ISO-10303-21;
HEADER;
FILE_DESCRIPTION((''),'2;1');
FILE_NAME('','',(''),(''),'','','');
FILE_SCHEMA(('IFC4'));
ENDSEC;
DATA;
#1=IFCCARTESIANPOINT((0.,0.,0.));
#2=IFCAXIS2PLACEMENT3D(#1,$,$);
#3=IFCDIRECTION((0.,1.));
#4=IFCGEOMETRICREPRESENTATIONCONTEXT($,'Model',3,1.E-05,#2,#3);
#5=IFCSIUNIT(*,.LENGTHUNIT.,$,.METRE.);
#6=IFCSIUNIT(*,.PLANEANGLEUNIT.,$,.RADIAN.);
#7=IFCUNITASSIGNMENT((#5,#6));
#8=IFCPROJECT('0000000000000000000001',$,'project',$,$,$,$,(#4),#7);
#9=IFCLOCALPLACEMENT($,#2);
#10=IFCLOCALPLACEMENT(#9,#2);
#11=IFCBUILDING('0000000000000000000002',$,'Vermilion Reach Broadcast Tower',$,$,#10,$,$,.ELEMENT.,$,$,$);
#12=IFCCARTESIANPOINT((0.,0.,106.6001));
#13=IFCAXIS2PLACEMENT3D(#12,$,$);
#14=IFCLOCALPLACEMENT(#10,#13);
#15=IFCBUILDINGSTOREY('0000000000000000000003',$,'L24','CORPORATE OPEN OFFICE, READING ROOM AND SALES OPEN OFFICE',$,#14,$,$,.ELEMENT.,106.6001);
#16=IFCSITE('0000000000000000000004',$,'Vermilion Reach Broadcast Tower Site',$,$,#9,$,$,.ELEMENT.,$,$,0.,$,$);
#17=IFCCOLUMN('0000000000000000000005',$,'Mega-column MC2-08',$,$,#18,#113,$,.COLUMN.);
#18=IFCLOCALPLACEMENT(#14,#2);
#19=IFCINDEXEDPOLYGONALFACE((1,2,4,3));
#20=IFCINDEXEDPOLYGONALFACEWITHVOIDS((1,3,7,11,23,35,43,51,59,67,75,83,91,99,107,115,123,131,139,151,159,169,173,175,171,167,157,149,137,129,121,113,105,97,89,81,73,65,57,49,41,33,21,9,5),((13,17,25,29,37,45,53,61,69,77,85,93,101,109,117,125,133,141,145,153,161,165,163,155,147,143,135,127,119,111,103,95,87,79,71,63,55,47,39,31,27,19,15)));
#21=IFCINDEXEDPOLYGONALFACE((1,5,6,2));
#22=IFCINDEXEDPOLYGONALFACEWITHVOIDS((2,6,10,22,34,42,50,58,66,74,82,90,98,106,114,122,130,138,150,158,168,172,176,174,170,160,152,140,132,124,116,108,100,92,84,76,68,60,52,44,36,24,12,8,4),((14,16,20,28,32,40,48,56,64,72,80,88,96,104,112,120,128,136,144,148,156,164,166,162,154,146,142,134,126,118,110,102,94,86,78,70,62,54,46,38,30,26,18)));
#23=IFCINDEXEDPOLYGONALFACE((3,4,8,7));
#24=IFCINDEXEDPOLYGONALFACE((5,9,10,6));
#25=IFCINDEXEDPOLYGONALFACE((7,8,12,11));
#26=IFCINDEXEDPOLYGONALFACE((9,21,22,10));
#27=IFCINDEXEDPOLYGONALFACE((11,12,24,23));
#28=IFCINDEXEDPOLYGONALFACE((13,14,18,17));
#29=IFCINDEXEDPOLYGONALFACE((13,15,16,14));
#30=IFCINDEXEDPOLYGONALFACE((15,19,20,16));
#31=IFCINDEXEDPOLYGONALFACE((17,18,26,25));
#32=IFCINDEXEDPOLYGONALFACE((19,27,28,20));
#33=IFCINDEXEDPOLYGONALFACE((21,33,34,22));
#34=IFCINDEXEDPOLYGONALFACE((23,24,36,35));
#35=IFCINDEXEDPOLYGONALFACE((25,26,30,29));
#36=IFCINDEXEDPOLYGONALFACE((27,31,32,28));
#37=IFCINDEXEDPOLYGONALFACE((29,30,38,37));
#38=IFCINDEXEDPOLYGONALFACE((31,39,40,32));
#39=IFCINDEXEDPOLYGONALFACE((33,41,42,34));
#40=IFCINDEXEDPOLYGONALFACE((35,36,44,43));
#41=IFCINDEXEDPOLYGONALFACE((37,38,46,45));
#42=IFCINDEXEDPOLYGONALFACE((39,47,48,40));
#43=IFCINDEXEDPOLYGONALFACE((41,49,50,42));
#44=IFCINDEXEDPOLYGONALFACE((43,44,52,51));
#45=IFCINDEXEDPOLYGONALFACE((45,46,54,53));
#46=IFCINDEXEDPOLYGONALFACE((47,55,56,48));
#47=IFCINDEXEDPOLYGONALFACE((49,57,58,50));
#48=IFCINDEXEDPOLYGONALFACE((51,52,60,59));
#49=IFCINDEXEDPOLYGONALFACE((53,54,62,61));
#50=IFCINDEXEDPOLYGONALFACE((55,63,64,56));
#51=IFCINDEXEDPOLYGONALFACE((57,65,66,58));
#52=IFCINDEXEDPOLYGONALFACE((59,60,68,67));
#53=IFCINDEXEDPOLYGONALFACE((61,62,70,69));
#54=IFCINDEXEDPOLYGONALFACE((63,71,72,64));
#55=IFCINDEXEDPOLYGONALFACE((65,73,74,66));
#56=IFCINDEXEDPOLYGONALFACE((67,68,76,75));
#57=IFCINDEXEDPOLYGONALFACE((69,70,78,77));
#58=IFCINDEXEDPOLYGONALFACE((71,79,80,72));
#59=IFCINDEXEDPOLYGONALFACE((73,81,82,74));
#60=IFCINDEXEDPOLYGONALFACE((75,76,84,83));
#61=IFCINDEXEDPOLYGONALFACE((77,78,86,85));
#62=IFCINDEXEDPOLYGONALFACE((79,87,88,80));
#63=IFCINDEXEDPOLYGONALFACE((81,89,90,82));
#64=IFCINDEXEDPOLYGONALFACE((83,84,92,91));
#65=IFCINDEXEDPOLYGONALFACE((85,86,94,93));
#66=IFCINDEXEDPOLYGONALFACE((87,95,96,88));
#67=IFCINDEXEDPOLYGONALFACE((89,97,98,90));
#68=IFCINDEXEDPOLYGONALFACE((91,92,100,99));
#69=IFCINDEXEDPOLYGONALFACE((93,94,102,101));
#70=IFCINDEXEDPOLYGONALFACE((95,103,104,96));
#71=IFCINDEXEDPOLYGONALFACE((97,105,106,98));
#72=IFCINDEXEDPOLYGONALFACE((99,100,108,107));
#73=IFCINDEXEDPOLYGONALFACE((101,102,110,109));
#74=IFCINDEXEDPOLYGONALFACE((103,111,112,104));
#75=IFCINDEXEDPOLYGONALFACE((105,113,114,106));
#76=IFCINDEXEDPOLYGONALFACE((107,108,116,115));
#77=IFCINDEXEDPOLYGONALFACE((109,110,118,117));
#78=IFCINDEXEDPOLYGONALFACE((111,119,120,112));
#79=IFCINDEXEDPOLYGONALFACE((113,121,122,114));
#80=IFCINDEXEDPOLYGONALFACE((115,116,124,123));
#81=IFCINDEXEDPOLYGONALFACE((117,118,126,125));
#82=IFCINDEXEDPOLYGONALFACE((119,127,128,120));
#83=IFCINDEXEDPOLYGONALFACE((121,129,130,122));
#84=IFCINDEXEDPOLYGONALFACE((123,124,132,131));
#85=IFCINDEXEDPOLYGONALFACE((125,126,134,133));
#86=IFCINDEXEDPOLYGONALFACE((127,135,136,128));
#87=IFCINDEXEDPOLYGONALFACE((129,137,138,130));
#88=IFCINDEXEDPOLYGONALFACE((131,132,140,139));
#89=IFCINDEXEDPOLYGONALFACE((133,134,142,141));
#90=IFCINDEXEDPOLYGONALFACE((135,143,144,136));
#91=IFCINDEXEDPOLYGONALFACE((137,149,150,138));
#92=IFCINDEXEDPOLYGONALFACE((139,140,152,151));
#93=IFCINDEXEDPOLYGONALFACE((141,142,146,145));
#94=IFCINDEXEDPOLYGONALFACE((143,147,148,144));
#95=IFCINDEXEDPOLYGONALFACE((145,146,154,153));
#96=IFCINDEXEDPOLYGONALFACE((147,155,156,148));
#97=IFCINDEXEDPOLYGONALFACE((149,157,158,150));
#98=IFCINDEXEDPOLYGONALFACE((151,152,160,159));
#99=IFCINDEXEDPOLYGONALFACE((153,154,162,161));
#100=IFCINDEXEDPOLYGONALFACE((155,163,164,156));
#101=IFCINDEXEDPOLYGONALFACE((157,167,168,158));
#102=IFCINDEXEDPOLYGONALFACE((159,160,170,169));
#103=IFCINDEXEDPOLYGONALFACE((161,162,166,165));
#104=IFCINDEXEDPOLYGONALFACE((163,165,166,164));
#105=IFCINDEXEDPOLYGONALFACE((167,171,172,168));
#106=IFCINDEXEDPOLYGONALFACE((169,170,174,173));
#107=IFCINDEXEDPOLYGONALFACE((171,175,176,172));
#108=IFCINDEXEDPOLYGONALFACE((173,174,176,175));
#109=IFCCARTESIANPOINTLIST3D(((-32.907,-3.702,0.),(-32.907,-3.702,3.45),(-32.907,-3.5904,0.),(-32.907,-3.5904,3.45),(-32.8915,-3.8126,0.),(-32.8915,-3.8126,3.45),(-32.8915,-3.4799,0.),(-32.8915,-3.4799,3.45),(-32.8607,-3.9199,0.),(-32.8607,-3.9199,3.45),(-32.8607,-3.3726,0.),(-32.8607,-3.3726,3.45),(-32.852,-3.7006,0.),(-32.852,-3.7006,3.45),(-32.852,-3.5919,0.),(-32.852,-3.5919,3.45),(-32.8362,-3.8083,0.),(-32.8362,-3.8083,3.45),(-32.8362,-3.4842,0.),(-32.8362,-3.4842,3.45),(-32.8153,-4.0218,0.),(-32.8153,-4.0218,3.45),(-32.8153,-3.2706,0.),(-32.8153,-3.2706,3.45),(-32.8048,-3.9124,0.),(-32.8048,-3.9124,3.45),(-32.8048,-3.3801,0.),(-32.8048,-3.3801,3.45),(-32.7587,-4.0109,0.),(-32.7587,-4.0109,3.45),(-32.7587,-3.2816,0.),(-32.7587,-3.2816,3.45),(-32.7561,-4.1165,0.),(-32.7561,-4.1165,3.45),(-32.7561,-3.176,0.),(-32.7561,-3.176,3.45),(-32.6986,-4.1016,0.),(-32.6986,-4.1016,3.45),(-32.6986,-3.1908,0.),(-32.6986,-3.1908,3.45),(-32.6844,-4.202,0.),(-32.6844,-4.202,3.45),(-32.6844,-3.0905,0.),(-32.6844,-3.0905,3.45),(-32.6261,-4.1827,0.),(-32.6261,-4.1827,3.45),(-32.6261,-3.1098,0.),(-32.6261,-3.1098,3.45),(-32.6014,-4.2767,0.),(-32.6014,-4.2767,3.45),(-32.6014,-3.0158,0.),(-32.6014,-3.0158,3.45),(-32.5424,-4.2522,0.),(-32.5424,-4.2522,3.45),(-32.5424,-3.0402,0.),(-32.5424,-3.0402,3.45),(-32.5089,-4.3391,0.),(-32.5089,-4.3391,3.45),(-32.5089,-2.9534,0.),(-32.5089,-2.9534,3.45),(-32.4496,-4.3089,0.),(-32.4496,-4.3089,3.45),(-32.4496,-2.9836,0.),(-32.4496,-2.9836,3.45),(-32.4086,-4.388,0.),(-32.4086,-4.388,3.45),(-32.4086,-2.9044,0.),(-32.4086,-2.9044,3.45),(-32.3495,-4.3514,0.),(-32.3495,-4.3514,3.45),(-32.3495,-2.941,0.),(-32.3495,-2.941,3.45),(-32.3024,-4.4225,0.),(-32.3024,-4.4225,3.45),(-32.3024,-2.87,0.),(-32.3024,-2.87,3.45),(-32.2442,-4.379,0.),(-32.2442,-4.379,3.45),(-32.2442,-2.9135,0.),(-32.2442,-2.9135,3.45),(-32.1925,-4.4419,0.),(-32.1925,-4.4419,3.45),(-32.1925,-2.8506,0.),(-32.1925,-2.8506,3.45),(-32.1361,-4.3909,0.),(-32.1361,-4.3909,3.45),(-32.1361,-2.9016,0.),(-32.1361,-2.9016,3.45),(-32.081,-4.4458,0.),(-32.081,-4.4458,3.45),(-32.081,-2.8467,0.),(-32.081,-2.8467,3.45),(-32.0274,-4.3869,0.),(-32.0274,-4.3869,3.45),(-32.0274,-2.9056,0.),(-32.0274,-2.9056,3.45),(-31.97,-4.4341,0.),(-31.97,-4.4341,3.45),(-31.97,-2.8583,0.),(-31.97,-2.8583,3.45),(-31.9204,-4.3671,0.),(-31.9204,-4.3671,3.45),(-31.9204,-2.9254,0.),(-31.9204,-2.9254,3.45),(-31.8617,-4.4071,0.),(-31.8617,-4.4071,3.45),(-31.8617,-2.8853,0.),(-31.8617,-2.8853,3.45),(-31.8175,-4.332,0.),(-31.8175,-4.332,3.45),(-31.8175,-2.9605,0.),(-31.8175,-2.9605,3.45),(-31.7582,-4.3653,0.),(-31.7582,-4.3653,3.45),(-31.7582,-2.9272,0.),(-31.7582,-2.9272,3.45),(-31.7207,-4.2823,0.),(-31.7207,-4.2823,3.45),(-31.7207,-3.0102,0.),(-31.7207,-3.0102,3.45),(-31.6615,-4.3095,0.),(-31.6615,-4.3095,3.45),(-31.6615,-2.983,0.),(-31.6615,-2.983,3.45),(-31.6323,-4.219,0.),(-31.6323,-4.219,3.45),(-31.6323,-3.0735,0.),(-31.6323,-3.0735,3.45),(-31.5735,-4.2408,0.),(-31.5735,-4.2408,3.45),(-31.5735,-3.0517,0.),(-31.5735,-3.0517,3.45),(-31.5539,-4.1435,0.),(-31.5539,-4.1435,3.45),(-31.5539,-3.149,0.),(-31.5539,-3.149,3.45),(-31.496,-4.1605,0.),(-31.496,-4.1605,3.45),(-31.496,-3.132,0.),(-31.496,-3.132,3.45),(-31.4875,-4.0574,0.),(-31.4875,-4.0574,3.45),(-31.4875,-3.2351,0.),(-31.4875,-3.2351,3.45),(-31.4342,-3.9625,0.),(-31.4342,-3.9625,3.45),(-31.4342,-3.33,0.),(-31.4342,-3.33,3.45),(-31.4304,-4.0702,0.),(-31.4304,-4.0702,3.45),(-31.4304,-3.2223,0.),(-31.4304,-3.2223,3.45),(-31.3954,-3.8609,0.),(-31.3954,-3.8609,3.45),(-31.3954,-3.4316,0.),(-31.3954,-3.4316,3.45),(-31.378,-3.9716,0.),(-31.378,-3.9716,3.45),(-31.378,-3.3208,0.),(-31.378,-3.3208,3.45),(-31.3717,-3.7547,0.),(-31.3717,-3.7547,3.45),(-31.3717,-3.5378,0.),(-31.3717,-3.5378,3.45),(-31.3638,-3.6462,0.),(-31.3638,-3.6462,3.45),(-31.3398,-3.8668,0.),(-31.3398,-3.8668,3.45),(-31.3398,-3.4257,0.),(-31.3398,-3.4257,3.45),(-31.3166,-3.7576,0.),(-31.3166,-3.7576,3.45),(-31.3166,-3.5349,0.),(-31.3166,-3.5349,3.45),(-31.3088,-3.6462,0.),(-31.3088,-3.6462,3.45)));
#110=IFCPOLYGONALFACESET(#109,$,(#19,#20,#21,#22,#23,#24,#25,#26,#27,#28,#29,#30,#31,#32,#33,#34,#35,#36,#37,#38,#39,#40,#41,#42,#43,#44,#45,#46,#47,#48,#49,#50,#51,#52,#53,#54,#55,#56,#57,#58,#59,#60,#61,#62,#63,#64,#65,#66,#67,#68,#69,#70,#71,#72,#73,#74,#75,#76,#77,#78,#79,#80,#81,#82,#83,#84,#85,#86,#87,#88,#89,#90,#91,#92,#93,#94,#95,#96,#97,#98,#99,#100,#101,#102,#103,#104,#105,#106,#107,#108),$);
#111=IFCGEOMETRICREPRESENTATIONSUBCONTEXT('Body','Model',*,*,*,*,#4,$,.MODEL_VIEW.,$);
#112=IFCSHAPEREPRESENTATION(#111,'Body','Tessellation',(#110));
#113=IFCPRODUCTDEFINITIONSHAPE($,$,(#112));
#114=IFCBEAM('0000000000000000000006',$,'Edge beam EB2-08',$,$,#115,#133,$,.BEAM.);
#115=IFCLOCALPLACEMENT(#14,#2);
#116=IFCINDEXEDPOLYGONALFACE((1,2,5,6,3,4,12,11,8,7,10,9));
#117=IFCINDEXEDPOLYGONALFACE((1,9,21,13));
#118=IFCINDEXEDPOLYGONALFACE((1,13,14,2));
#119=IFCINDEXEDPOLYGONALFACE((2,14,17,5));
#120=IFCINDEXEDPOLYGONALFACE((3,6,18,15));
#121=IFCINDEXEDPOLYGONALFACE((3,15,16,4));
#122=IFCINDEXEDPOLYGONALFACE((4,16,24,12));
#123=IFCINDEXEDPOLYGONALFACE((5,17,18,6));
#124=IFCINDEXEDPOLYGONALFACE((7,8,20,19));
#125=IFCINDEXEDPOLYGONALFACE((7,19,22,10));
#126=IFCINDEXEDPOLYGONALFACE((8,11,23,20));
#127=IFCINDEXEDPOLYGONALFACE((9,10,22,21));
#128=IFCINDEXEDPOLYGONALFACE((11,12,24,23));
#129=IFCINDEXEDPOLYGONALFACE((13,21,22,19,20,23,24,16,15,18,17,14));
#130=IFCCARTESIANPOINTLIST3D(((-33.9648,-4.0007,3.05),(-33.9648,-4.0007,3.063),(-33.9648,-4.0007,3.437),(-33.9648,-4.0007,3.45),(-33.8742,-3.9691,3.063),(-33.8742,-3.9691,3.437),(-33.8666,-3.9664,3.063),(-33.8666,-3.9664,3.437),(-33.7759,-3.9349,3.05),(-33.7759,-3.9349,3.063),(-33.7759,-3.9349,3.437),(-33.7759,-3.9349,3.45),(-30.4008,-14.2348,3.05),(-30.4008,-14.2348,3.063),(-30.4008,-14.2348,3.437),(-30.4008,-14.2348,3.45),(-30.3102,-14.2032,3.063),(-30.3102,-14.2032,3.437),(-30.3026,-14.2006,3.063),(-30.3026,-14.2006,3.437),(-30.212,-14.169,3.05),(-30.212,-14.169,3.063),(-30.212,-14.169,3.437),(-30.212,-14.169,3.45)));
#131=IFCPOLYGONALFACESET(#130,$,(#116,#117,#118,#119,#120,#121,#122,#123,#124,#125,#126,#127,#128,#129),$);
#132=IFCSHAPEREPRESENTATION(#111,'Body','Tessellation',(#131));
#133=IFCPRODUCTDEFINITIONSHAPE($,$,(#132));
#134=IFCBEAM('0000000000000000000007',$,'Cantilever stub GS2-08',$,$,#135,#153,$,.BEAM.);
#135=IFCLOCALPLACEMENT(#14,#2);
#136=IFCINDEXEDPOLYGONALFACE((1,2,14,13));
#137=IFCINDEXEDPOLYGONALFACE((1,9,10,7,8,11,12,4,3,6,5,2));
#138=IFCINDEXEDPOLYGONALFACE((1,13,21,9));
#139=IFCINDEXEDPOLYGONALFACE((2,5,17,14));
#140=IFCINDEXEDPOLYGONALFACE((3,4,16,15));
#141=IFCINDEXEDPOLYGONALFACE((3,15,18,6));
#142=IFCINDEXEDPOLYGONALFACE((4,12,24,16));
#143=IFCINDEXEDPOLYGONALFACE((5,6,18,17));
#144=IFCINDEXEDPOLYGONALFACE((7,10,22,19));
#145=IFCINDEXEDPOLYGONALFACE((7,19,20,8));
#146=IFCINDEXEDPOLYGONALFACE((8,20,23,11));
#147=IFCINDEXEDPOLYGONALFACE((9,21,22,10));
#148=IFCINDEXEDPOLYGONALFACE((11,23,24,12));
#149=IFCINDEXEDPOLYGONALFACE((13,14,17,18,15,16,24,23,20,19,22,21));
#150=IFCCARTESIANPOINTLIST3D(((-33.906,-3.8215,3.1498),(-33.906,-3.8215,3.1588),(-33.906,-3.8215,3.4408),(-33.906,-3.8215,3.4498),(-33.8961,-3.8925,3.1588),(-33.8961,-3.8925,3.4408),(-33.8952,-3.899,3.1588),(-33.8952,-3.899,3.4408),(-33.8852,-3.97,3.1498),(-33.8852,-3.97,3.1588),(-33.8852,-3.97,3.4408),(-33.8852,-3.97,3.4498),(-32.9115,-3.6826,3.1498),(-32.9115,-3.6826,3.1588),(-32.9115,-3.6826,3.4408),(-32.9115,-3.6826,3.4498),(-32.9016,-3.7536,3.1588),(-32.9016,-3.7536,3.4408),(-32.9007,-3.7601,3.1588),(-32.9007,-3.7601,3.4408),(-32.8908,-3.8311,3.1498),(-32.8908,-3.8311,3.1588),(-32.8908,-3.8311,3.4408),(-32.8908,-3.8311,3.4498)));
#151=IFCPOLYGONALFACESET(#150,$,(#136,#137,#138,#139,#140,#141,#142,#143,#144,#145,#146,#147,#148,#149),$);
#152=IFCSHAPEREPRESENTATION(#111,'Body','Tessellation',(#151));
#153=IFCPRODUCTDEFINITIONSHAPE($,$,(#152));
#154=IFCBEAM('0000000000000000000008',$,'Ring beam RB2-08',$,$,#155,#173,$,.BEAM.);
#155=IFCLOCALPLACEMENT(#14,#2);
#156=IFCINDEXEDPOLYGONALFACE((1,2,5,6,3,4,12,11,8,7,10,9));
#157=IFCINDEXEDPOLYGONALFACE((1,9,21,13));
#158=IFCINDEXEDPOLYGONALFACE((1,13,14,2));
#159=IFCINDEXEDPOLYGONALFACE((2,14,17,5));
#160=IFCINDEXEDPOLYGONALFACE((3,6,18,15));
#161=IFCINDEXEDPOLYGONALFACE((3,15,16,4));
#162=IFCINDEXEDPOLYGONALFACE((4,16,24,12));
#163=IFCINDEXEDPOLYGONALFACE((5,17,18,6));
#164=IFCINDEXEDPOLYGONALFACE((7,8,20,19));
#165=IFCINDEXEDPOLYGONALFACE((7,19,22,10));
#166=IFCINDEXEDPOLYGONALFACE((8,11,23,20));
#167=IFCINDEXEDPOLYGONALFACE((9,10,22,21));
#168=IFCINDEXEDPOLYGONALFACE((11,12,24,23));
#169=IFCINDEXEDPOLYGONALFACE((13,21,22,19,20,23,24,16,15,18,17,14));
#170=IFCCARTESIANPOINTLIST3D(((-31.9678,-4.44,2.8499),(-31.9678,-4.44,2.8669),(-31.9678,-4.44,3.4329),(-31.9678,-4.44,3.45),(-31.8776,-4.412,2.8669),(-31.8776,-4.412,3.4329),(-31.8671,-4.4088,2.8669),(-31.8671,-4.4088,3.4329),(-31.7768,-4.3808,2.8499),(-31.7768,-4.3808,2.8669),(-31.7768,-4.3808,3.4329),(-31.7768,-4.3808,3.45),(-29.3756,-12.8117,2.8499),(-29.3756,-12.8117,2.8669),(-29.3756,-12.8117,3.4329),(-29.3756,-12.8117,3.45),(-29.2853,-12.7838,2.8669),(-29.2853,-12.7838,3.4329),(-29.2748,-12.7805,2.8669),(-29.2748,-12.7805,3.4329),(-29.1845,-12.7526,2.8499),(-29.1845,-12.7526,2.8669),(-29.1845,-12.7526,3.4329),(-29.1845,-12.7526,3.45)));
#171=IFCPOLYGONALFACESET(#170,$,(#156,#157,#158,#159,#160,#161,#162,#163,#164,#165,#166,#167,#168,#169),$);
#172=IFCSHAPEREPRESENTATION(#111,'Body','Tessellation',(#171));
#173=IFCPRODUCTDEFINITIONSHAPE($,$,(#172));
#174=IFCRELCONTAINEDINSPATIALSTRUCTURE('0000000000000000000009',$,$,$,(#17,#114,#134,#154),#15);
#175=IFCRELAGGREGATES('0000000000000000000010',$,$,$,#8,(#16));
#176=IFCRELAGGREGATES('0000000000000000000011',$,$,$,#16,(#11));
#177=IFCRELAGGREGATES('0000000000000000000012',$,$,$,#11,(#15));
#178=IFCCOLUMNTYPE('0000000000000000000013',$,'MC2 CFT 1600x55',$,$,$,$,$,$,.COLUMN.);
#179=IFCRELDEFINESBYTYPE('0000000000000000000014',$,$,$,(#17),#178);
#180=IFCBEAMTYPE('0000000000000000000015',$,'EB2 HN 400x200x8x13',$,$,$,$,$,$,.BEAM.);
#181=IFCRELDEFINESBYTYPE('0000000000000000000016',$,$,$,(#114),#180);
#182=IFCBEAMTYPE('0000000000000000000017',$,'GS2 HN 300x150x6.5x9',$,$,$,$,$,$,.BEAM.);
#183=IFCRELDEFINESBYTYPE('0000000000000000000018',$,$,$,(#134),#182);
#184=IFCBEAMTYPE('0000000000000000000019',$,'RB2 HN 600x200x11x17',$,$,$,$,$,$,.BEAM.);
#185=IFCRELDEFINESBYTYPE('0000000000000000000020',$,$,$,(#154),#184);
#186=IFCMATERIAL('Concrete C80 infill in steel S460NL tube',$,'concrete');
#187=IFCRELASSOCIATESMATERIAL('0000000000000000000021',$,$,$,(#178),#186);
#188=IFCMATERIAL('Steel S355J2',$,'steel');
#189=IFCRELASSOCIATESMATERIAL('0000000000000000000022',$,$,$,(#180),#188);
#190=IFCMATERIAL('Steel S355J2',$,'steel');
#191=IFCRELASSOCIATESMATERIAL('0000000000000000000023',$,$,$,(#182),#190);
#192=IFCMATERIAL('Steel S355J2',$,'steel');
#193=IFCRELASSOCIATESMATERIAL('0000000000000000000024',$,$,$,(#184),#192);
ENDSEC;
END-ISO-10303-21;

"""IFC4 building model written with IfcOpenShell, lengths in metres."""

from ifc_helpers import new_model, si_unit, direction, frame, origin, origin_2d, place, context, subcontext, project, spatial, hollow_circle, i_section, extrude, material, material_profile, profile_set, type_object, element, save


model = new_model("IFC4")

# Units and contexts
model_context = context("Model", 3, precision=1e-05, world=origin(), true_north=direction((0.0, 1.0)))
body_context = subcontext(model_context, "Body", "Model", "MODEL_VIEW")
ifc_project = project(units=[si_unit("LENGTHUNIT", "METRE"), si_unit("PLANEANGLEUNIT", "RADIAN")], contexts=[model_context])

# Site, building, storey
site_placement = place(None, origin())
site = spatial("IfcSite", under=ifc_project, at=site_placement, Name="Vermilion Reach Broadcast Tower Site", CompositionType="ELEMENT", RefElevation=0.0)
building_placement = place(site_placement, origin())
building = spatial("IfcBuilding", under=site, at=building_placement, Name="Vermilion Reach Broadcast Tower", CompositionType="ELEMENT")
storey_placement = place(building_placement, frame((0.0, 0.0, 106.6001)))
storey = spatial("IfcBuildingStorey", under=building, at=storey_placement, Name="L24", Description="CORPORATE OPEN OFFICE, READING ROOM AND SALES OPEN OFFICE", CompositionType="ELEMENT", Elevation=106.6001)

# Column
ifc_material_1 = material(Name="Concrete C80 infill in steel S460NL tube", Category="concrete")
ifc_material_profile_1 = material_profile(ifc_material_1, hollow_circle(Radius=0.8, WallThickness=0.0549, at=origin_2d()), Name="Concrete C80 infill in steel S460NL tube CFT 1600x55")
ifc_profile_set_1 = profile_set([ifc_material_profile_1], Name="Concrete C80 infill in steel S460NL tube")
column_type = type_object("IfcColumnType", Name="MC2 CFT 1600x55", PredefinedType="COLUMN", material=ifc_profile_set_1)
column_placement = place(storey_placement, frame((-32.1089, -3.6462, 0.0), z_axis=(0.0, 0.0, 1.0), x_axis=(1.0, 0.0, 0.0)))
element("IfcColumn", 1, at=column_placement, inside=storey, type_object=column_type, Name="Mega-column MC2-08", PredefinedType="COLUMN", context=body_context, shape_type="SweptSolid", body=[
    extrude(hollow_circle(Radius=0.8, WallThickness=0.0549, at=origin_2d()), origin(), (0.0, 0.0, 1.0), 3.45),
])

# Beams
ifc_material_2 = material(Name="Steel S355J2", Category="steel")
ifc_material_profile_2 = material_profile(ifc_material_2, i_section(OverallWidth=0.2, OverallDepth=0.3999, WebThickness=0.0081, FlangeThickness=0.0129, at=origin_2d()), Name="S355J2 HN 400x200x8x13")
ifc_profile_set_2 = profile_set([ifc_material_profile_2], Name="Steel S355J2")
beam_type_1 = type_object("IfcBeamType", Name="EB2 HN 400x200x8x13", PredefinedType="BEAM", material=ifc_profile_set_2)
beam_1_placement = place(storey_placement, frame((-33.8704, -3.9678, 3.25), z_axis=(0.328872, -0.944375, 0.0), x_axis=(0.944375, 0.328872, 0.0)))
element("IfcBeam", 2, at=beam_1_placement, inside=storey, type_object=beam_type_1, Name="Edge beam EB2-08", PredefinedType="BEAM", context=body_context, shape_type="SweptSolid", body=[
    extrude(i_section(OverallWidth=0.2, OverallDepth=0.3999, WebThickness=0.0081, FlangeThickness=0.0129, at=origin_2d()), origin(), (0.0, 0.0, 1.0), 10.8369),
])
ifc_material_3 = material(Name="Steel S355J2", Category="steel")
ifc_material_profile_3 = material_profile(ifc_material_3, i_section(OverallWidth=0.1499, OverallDepth=0.3, WebThickness=0.0066, FlangeThickness=0.009, at=origin_2d()), Name="S355J2 HN 300x150x6.5x9")
ifc_profile_set_3 = profile_set([ifc_material_profile_3], Name="Steel S355J2")
beam_type_2 = type_object("IfcBeamType", Name="GS2 HN 300x150x6.5x9", PredefinedType="BEAM", material=ifc_profile_set_3)
beam_2_placement = place(storey_placement, frame((-32.9011, -3.7568, 3.2998), z_axis=(-0.990382, -0.138357, 0.0), x_axis=(0.138357, -0.990382, 0.0)))
element("IfcBeam", 3, at=beam_2_placement, inside=storey, type_object=beam_type_2, Name="Cantilever stub GS2-08", PredefinedType="BEAM", context=body_context, shape_type="SweptSolid", body=[
    extrude(i_section(OverallWidth=0.1499, OverallDepth=0.3, WebThickness=0.0066, FlangeThickness=0.009, at=origin_2d()), origin(), (0.0, 0.0, 1.0), 1.0042),
])
ifc_material_4 = material(Name="Steel S355J2", Category="steel")
ifc_material_profile_4 = material_profile(ifc_material_4, i_section(OverallWidth=0.2, OverallDepth=0.6001, WebThickness=0.011, FlangeThickness=0.0171, at=origin_2d()), Name="S355J2 HN 600x200x11x17")
ifc_profile_set_4 = profile_set([ifc_material_profile_4], Name="Steel S355J2")
beam_type_3 = type_object("IfcBeamType", Name="RB2 HN 600x200x11x17", PredefinedType="BEAM", material=ifc_profile_set_4)
beam_3_placement = place(storey_placement, frame((-31.8723, -4.4104, 3.1499), z_axis=(0.295788, -0.955253, 0.0), x_axis=(0.955253, 0.295788, 0.0)))
element("IfcBeam", 4, at=beam_3_placement, inside=storey, type_object=beam_type_3, Name="Ring beam RB2-08", PredefinedType="BEAM", context=body_context, shape_type="SweptSolid", body=[
    extrude(i_section(OverallWidth=0.2, OverallDepth=0.6001, WebThickness=0.011, FlangeThickness=0.0171, at=origin_2d()), origin(), (0.0, 0.0, 1.0), 8.7639),
])

save(model, "model.ifc")
